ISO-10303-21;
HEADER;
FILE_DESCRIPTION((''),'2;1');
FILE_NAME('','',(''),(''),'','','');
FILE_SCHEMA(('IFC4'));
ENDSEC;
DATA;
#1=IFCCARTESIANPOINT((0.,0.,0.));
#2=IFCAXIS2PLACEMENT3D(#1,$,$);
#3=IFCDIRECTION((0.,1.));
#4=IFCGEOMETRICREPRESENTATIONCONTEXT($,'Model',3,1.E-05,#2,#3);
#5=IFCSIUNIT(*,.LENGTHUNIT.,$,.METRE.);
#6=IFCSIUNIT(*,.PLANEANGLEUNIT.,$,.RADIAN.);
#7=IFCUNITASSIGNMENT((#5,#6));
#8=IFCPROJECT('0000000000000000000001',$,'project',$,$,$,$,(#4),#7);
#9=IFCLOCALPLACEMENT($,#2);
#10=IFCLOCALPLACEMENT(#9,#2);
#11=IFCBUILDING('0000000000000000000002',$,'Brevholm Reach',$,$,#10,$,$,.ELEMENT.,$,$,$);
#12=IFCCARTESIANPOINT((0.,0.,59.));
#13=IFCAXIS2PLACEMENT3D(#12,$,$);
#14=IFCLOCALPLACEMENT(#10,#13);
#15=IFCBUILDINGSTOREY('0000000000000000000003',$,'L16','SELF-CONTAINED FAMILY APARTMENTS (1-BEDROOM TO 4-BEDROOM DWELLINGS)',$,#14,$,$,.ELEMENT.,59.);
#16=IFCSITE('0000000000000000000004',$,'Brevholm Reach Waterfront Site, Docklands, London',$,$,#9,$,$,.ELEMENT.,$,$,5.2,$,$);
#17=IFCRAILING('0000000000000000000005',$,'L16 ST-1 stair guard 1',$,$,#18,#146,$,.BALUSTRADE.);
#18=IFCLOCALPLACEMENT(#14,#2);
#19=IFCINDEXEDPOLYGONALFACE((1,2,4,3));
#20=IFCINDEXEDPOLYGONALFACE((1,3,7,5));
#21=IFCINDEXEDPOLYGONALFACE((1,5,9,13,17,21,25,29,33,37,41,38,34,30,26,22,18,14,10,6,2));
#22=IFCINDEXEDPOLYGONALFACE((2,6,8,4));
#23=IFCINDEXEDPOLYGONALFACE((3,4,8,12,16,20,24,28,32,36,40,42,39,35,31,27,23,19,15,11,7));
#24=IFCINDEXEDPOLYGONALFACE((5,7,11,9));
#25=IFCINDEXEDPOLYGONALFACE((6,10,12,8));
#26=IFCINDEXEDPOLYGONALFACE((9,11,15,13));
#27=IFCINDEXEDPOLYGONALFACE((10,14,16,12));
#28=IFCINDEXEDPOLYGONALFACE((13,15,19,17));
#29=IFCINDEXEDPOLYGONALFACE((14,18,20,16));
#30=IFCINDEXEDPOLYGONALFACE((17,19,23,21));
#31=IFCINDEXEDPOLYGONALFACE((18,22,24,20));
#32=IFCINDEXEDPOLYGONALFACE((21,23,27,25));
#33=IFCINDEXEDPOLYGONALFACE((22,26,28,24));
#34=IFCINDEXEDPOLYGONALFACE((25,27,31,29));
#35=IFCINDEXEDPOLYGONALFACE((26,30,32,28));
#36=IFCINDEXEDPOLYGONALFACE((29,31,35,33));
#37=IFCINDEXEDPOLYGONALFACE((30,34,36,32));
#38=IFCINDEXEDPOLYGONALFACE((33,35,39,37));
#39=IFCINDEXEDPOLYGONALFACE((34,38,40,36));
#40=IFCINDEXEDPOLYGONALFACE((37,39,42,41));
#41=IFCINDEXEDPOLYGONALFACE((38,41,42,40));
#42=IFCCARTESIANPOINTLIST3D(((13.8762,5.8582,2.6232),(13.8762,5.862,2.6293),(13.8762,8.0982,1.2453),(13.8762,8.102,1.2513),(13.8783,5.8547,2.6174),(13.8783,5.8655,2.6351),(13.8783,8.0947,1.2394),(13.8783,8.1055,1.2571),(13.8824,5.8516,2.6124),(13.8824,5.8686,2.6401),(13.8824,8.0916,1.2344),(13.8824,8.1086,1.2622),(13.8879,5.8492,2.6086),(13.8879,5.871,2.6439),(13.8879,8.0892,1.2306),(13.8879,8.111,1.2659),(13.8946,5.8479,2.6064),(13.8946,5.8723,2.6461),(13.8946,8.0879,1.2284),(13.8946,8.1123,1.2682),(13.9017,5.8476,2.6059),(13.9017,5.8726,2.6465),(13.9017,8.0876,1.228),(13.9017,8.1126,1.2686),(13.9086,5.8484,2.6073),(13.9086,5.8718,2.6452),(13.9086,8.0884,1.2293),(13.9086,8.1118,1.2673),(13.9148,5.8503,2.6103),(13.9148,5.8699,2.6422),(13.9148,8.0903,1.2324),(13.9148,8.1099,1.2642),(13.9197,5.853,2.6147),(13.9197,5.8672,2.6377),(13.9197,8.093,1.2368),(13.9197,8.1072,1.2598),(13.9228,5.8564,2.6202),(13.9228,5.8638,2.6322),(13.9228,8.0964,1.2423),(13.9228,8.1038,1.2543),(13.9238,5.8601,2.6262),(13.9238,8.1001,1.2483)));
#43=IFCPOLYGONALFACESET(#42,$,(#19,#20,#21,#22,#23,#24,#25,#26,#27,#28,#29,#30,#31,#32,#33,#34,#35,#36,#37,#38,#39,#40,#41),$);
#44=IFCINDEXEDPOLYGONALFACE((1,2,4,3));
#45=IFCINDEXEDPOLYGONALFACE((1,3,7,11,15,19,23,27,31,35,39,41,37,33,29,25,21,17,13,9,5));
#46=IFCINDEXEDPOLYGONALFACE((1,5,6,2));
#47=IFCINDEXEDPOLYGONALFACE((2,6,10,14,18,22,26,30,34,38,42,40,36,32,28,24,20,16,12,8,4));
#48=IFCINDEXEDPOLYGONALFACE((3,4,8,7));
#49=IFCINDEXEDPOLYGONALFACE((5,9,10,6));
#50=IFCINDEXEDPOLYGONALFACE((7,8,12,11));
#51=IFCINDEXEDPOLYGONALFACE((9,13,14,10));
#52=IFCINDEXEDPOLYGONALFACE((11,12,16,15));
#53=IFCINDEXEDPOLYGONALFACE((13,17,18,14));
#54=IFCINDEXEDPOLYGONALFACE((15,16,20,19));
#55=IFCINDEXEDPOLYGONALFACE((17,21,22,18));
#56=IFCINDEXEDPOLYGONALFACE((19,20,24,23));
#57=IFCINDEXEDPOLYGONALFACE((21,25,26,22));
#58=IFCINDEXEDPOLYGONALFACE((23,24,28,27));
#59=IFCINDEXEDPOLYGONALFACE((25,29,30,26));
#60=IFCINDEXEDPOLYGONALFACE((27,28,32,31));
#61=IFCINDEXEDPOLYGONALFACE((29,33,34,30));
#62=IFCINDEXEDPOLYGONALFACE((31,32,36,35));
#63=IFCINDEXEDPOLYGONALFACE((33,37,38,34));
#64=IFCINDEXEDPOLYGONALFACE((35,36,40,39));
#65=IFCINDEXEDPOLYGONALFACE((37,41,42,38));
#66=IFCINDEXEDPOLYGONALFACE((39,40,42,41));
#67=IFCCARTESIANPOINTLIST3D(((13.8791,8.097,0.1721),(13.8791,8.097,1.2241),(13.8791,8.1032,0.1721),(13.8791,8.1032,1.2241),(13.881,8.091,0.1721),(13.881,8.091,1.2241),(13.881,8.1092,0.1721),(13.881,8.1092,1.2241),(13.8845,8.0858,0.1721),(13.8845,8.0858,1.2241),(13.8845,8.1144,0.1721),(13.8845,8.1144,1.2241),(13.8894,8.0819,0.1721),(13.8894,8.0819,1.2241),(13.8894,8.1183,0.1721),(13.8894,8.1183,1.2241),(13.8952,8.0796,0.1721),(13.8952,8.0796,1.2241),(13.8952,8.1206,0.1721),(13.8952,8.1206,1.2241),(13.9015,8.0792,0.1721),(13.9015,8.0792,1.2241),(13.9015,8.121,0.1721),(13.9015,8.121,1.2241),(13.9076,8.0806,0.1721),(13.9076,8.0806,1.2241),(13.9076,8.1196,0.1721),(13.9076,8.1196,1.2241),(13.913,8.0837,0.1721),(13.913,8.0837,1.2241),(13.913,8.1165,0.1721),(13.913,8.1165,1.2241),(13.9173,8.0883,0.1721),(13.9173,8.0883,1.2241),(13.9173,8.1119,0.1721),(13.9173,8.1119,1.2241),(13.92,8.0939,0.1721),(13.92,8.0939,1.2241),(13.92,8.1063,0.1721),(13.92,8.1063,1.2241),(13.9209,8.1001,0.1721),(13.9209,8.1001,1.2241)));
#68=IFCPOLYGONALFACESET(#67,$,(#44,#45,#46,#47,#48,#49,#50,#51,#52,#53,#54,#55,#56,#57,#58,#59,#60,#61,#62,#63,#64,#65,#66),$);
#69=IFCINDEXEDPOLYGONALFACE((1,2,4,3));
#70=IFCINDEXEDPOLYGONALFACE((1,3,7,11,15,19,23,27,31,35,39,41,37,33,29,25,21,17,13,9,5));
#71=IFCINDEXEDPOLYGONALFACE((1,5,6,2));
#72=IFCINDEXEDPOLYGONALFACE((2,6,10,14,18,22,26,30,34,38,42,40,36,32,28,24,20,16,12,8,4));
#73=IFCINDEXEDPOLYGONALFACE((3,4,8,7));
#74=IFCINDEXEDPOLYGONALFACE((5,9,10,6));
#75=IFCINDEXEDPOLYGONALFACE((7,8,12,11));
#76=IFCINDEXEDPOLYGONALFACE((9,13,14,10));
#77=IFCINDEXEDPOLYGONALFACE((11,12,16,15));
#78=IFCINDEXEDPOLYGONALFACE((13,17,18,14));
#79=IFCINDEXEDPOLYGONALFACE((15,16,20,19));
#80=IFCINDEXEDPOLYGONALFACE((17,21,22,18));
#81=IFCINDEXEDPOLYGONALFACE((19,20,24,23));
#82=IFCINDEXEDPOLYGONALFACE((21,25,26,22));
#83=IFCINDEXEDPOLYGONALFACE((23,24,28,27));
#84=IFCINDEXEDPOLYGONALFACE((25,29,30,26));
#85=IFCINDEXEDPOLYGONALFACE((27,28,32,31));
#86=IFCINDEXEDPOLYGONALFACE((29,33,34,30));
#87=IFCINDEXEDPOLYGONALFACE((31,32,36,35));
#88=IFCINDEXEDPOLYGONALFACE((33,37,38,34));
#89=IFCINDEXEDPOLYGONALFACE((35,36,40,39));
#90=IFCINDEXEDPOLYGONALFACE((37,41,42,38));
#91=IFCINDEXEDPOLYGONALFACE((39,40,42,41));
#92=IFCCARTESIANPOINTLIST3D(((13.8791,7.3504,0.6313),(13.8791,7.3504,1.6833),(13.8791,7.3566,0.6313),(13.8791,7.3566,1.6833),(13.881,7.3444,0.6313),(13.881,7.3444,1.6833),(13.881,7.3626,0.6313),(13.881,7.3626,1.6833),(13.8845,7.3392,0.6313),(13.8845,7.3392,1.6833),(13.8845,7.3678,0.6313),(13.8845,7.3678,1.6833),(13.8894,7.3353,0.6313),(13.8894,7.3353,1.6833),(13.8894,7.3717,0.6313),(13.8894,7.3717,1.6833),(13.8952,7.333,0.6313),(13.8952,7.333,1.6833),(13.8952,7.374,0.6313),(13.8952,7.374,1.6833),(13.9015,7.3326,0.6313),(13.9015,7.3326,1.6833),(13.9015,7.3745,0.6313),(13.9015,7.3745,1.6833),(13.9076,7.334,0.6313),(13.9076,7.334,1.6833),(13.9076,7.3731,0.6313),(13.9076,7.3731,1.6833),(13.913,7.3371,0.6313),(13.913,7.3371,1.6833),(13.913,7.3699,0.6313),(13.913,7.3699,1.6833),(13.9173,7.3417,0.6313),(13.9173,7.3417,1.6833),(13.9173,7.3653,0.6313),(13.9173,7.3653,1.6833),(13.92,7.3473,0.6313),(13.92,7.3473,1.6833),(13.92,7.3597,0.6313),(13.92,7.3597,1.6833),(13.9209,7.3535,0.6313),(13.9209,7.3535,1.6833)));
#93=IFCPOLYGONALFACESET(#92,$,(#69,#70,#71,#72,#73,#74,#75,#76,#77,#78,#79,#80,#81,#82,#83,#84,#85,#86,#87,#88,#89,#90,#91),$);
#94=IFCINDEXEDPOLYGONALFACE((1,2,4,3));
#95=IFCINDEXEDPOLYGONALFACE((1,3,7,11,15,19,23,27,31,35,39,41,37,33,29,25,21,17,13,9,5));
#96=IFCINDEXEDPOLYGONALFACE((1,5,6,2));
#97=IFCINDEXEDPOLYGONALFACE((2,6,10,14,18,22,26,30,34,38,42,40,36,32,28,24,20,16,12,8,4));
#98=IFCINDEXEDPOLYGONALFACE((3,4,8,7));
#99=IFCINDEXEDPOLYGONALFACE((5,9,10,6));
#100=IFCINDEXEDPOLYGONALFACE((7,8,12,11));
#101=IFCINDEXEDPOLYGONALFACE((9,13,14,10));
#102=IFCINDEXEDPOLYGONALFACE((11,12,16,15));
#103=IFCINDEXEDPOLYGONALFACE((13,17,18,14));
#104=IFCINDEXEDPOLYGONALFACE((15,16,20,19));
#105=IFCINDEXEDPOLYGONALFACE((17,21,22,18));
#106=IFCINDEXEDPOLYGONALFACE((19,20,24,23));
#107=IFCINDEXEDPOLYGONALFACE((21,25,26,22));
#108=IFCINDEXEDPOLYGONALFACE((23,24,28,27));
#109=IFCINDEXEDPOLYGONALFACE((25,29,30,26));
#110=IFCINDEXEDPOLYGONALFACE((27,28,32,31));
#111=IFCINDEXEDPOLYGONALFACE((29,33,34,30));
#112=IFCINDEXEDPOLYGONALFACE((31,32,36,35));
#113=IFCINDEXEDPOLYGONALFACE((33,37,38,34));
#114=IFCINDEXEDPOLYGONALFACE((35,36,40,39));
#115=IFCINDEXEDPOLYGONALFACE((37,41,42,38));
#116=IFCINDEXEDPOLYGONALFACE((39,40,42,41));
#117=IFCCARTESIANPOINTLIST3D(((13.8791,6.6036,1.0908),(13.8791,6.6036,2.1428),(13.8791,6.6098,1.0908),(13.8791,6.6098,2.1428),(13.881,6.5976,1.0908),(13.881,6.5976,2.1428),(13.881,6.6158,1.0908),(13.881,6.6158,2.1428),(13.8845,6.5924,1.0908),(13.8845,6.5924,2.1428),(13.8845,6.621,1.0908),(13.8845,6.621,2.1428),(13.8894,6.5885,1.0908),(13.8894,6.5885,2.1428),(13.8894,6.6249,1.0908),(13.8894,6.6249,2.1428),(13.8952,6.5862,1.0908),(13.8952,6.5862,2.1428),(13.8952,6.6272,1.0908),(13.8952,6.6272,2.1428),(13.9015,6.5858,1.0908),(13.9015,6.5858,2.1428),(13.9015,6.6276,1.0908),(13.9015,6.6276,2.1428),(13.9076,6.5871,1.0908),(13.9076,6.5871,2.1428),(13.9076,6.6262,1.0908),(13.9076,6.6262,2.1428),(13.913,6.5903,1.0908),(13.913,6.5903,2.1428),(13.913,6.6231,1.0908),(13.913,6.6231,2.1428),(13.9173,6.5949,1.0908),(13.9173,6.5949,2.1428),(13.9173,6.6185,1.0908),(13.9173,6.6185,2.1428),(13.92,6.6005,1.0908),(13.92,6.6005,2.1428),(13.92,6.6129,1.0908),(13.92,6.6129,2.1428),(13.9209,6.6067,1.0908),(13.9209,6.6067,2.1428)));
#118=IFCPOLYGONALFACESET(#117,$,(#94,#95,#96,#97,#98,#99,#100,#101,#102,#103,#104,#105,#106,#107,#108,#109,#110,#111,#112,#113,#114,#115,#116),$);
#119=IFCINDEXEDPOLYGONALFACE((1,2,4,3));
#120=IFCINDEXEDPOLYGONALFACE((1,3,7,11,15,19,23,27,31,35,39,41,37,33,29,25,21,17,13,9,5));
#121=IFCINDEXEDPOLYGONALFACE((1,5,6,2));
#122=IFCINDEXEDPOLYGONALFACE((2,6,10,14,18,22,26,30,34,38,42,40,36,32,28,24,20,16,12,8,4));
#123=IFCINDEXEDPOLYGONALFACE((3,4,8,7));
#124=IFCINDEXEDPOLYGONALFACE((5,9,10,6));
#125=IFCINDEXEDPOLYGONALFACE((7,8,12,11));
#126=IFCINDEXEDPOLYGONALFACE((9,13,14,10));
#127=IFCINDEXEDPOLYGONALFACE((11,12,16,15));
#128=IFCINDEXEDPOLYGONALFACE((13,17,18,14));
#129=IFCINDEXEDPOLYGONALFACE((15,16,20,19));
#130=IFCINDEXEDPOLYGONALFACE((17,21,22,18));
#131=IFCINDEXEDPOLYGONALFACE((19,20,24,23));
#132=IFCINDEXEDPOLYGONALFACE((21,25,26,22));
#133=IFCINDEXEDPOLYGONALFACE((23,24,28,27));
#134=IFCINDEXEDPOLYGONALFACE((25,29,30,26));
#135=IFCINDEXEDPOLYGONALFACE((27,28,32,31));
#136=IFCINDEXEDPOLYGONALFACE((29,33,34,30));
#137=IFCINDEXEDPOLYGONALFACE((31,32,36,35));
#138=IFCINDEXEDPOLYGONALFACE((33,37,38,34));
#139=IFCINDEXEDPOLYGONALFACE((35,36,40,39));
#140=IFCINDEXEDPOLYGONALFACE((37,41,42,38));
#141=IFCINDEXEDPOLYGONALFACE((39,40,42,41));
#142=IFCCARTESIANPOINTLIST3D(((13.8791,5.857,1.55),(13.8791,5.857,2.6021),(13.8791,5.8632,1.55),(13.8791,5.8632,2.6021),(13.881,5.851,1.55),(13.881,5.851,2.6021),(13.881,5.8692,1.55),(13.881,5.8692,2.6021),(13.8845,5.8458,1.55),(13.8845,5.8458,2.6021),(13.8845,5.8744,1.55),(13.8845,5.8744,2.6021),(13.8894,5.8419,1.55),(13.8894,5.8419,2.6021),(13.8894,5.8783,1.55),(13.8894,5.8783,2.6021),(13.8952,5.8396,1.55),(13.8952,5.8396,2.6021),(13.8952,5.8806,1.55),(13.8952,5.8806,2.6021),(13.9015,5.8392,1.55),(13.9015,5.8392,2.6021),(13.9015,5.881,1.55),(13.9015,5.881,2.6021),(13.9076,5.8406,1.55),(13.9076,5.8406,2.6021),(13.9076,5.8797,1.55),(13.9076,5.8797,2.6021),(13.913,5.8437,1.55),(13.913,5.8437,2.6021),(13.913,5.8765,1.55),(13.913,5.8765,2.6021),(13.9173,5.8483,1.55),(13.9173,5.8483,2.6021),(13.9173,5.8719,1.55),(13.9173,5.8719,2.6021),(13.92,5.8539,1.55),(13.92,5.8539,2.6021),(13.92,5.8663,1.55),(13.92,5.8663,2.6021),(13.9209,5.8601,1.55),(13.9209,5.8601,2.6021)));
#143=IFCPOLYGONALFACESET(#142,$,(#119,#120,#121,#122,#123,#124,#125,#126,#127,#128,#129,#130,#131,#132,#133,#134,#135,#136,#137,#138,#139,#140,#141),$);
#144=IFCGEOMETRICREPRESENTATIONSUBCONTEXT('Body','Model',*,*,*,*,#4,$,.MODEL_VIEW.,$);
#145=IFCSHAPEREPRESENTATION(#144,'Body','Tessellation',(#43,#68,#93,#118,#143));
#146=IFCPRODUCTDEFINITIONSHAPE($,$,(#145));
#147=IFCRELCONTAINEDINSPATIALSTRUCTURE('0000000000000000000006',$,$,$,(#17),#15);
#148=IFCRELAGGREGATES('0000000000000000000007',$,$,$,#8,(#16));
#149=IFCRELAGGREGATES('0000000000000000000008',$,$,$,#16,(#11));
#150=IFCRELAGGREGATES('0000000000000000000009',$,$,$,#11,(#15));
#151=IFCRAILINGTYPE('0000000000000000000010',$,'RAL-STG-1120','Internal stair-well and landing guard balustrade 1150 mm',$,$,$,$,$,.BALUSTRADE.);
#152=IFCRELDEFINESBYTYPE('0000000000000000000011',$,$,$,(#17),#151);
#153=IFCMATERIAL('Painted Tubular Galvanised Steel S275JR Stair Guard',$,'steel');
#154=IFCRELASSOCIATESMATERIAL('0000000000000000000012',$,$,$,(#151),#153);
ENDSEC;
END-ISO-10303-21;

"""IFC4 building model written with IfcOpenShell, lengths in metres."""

from ifc_helpers import new_model, si_unit, direction, frame, origin, origin_2d, place, context, subcontext, project, spatial, circle, extrude, material, type_object, element, save


model = new_model("IFC4")

# Units and contexts
model_context = context("Model", 3, precision=1e-05, world=origin(), true_north=direction((0.0, 1.0)))
body_context = subcontext(model_context, "Body", "Model", "MODEL_VIEW")
ifc_project = project(units=[si_unit("LENGTHUNIT", "METRE"), si_unit("PLANEANGLEUNIT", "RADIAN")], contexts=[model_context])

# Site, building, storey
site_placement = place(None, origin())
site = spatial("IfcSite", under=ifc_project, at=site_placement, Name="Brevholm Reach Waterfront Site, Docklands, London", CompositionType="ELEMENT", RefElevation=5.2)
building_placement = place(site_placement, origin())
building = spatial("IfcBuilding", under=site, at=building_placement, Name="Brevholm Reach", CompositionType="ELEMENT")
storey_placement = place(building_placement, frame((0.0, 0.0, 59.0)))
storey = spatial("IfcBuildingStorey", under=building, at=storey_placement, Name="L16", Description="SELF-CONTAINED FAMILY APARTMENTS (1-BEDROOM TO 4-BEDROOM DWELLINGS)", CompositionType="ELEMENT", Elevation=59.0)

# Railing
ifc_material_1 = material(Name="Painted Tubular Galvanised Steel S275JR Stair Guard", Category="steel")
railing_type_1 = type_object("IfcRailingType", Name="RAL-STG-1120", Description="Internal stair-well and landing guard balustrade 1150 mm", PredefinedType="BALUSTRADE", material=ifc_material_1)
railing_1_placement = place(storey_placement, frame((13.8999, 8.1001, 0.1721)))
element("IfcRailing", 1, at=railing_1_placement, inside=storey, type_object=railing_type_1, Name="L16 ST-1 stair guard 1", PredefinedType="BALUSTRADE", context=body_context, shape_type="SweptSolid", body=[
    extrude(circle(Radius=0.0239, at=origin_2d()), frame((0.0, 0.0, 1.0762), z_axis=(0.0, -0.851748, 0.523952), x_axis=(1.0, 0.0, 0.0)), (0.0, 0.0, 1.0), 2.6299),
    extrude(circle(Radius=0.021, at=origin_2d()), origin(), (0.0, 0.0, 1.0), 1.052),
    extrude(circle(Radius=0.021, at=origin_2d()), frame((0.0, -0.7466, 0.4592)), (0.0, 0.0, 1.0), 1.052),
    extrude(circle(Radius=0.021, at=origin_2d()), frame((0.0, -1.4934, 0.9187)), (0.0, 0.0, 1.0), 1.052),
    extrude(circle(Radius=0.021, at=origin_2d()), frame((0.0, -2.24, 1.3779)), (0.0, 0.0, 1.0), 1.052),
])

save(model, "model.ifc")
